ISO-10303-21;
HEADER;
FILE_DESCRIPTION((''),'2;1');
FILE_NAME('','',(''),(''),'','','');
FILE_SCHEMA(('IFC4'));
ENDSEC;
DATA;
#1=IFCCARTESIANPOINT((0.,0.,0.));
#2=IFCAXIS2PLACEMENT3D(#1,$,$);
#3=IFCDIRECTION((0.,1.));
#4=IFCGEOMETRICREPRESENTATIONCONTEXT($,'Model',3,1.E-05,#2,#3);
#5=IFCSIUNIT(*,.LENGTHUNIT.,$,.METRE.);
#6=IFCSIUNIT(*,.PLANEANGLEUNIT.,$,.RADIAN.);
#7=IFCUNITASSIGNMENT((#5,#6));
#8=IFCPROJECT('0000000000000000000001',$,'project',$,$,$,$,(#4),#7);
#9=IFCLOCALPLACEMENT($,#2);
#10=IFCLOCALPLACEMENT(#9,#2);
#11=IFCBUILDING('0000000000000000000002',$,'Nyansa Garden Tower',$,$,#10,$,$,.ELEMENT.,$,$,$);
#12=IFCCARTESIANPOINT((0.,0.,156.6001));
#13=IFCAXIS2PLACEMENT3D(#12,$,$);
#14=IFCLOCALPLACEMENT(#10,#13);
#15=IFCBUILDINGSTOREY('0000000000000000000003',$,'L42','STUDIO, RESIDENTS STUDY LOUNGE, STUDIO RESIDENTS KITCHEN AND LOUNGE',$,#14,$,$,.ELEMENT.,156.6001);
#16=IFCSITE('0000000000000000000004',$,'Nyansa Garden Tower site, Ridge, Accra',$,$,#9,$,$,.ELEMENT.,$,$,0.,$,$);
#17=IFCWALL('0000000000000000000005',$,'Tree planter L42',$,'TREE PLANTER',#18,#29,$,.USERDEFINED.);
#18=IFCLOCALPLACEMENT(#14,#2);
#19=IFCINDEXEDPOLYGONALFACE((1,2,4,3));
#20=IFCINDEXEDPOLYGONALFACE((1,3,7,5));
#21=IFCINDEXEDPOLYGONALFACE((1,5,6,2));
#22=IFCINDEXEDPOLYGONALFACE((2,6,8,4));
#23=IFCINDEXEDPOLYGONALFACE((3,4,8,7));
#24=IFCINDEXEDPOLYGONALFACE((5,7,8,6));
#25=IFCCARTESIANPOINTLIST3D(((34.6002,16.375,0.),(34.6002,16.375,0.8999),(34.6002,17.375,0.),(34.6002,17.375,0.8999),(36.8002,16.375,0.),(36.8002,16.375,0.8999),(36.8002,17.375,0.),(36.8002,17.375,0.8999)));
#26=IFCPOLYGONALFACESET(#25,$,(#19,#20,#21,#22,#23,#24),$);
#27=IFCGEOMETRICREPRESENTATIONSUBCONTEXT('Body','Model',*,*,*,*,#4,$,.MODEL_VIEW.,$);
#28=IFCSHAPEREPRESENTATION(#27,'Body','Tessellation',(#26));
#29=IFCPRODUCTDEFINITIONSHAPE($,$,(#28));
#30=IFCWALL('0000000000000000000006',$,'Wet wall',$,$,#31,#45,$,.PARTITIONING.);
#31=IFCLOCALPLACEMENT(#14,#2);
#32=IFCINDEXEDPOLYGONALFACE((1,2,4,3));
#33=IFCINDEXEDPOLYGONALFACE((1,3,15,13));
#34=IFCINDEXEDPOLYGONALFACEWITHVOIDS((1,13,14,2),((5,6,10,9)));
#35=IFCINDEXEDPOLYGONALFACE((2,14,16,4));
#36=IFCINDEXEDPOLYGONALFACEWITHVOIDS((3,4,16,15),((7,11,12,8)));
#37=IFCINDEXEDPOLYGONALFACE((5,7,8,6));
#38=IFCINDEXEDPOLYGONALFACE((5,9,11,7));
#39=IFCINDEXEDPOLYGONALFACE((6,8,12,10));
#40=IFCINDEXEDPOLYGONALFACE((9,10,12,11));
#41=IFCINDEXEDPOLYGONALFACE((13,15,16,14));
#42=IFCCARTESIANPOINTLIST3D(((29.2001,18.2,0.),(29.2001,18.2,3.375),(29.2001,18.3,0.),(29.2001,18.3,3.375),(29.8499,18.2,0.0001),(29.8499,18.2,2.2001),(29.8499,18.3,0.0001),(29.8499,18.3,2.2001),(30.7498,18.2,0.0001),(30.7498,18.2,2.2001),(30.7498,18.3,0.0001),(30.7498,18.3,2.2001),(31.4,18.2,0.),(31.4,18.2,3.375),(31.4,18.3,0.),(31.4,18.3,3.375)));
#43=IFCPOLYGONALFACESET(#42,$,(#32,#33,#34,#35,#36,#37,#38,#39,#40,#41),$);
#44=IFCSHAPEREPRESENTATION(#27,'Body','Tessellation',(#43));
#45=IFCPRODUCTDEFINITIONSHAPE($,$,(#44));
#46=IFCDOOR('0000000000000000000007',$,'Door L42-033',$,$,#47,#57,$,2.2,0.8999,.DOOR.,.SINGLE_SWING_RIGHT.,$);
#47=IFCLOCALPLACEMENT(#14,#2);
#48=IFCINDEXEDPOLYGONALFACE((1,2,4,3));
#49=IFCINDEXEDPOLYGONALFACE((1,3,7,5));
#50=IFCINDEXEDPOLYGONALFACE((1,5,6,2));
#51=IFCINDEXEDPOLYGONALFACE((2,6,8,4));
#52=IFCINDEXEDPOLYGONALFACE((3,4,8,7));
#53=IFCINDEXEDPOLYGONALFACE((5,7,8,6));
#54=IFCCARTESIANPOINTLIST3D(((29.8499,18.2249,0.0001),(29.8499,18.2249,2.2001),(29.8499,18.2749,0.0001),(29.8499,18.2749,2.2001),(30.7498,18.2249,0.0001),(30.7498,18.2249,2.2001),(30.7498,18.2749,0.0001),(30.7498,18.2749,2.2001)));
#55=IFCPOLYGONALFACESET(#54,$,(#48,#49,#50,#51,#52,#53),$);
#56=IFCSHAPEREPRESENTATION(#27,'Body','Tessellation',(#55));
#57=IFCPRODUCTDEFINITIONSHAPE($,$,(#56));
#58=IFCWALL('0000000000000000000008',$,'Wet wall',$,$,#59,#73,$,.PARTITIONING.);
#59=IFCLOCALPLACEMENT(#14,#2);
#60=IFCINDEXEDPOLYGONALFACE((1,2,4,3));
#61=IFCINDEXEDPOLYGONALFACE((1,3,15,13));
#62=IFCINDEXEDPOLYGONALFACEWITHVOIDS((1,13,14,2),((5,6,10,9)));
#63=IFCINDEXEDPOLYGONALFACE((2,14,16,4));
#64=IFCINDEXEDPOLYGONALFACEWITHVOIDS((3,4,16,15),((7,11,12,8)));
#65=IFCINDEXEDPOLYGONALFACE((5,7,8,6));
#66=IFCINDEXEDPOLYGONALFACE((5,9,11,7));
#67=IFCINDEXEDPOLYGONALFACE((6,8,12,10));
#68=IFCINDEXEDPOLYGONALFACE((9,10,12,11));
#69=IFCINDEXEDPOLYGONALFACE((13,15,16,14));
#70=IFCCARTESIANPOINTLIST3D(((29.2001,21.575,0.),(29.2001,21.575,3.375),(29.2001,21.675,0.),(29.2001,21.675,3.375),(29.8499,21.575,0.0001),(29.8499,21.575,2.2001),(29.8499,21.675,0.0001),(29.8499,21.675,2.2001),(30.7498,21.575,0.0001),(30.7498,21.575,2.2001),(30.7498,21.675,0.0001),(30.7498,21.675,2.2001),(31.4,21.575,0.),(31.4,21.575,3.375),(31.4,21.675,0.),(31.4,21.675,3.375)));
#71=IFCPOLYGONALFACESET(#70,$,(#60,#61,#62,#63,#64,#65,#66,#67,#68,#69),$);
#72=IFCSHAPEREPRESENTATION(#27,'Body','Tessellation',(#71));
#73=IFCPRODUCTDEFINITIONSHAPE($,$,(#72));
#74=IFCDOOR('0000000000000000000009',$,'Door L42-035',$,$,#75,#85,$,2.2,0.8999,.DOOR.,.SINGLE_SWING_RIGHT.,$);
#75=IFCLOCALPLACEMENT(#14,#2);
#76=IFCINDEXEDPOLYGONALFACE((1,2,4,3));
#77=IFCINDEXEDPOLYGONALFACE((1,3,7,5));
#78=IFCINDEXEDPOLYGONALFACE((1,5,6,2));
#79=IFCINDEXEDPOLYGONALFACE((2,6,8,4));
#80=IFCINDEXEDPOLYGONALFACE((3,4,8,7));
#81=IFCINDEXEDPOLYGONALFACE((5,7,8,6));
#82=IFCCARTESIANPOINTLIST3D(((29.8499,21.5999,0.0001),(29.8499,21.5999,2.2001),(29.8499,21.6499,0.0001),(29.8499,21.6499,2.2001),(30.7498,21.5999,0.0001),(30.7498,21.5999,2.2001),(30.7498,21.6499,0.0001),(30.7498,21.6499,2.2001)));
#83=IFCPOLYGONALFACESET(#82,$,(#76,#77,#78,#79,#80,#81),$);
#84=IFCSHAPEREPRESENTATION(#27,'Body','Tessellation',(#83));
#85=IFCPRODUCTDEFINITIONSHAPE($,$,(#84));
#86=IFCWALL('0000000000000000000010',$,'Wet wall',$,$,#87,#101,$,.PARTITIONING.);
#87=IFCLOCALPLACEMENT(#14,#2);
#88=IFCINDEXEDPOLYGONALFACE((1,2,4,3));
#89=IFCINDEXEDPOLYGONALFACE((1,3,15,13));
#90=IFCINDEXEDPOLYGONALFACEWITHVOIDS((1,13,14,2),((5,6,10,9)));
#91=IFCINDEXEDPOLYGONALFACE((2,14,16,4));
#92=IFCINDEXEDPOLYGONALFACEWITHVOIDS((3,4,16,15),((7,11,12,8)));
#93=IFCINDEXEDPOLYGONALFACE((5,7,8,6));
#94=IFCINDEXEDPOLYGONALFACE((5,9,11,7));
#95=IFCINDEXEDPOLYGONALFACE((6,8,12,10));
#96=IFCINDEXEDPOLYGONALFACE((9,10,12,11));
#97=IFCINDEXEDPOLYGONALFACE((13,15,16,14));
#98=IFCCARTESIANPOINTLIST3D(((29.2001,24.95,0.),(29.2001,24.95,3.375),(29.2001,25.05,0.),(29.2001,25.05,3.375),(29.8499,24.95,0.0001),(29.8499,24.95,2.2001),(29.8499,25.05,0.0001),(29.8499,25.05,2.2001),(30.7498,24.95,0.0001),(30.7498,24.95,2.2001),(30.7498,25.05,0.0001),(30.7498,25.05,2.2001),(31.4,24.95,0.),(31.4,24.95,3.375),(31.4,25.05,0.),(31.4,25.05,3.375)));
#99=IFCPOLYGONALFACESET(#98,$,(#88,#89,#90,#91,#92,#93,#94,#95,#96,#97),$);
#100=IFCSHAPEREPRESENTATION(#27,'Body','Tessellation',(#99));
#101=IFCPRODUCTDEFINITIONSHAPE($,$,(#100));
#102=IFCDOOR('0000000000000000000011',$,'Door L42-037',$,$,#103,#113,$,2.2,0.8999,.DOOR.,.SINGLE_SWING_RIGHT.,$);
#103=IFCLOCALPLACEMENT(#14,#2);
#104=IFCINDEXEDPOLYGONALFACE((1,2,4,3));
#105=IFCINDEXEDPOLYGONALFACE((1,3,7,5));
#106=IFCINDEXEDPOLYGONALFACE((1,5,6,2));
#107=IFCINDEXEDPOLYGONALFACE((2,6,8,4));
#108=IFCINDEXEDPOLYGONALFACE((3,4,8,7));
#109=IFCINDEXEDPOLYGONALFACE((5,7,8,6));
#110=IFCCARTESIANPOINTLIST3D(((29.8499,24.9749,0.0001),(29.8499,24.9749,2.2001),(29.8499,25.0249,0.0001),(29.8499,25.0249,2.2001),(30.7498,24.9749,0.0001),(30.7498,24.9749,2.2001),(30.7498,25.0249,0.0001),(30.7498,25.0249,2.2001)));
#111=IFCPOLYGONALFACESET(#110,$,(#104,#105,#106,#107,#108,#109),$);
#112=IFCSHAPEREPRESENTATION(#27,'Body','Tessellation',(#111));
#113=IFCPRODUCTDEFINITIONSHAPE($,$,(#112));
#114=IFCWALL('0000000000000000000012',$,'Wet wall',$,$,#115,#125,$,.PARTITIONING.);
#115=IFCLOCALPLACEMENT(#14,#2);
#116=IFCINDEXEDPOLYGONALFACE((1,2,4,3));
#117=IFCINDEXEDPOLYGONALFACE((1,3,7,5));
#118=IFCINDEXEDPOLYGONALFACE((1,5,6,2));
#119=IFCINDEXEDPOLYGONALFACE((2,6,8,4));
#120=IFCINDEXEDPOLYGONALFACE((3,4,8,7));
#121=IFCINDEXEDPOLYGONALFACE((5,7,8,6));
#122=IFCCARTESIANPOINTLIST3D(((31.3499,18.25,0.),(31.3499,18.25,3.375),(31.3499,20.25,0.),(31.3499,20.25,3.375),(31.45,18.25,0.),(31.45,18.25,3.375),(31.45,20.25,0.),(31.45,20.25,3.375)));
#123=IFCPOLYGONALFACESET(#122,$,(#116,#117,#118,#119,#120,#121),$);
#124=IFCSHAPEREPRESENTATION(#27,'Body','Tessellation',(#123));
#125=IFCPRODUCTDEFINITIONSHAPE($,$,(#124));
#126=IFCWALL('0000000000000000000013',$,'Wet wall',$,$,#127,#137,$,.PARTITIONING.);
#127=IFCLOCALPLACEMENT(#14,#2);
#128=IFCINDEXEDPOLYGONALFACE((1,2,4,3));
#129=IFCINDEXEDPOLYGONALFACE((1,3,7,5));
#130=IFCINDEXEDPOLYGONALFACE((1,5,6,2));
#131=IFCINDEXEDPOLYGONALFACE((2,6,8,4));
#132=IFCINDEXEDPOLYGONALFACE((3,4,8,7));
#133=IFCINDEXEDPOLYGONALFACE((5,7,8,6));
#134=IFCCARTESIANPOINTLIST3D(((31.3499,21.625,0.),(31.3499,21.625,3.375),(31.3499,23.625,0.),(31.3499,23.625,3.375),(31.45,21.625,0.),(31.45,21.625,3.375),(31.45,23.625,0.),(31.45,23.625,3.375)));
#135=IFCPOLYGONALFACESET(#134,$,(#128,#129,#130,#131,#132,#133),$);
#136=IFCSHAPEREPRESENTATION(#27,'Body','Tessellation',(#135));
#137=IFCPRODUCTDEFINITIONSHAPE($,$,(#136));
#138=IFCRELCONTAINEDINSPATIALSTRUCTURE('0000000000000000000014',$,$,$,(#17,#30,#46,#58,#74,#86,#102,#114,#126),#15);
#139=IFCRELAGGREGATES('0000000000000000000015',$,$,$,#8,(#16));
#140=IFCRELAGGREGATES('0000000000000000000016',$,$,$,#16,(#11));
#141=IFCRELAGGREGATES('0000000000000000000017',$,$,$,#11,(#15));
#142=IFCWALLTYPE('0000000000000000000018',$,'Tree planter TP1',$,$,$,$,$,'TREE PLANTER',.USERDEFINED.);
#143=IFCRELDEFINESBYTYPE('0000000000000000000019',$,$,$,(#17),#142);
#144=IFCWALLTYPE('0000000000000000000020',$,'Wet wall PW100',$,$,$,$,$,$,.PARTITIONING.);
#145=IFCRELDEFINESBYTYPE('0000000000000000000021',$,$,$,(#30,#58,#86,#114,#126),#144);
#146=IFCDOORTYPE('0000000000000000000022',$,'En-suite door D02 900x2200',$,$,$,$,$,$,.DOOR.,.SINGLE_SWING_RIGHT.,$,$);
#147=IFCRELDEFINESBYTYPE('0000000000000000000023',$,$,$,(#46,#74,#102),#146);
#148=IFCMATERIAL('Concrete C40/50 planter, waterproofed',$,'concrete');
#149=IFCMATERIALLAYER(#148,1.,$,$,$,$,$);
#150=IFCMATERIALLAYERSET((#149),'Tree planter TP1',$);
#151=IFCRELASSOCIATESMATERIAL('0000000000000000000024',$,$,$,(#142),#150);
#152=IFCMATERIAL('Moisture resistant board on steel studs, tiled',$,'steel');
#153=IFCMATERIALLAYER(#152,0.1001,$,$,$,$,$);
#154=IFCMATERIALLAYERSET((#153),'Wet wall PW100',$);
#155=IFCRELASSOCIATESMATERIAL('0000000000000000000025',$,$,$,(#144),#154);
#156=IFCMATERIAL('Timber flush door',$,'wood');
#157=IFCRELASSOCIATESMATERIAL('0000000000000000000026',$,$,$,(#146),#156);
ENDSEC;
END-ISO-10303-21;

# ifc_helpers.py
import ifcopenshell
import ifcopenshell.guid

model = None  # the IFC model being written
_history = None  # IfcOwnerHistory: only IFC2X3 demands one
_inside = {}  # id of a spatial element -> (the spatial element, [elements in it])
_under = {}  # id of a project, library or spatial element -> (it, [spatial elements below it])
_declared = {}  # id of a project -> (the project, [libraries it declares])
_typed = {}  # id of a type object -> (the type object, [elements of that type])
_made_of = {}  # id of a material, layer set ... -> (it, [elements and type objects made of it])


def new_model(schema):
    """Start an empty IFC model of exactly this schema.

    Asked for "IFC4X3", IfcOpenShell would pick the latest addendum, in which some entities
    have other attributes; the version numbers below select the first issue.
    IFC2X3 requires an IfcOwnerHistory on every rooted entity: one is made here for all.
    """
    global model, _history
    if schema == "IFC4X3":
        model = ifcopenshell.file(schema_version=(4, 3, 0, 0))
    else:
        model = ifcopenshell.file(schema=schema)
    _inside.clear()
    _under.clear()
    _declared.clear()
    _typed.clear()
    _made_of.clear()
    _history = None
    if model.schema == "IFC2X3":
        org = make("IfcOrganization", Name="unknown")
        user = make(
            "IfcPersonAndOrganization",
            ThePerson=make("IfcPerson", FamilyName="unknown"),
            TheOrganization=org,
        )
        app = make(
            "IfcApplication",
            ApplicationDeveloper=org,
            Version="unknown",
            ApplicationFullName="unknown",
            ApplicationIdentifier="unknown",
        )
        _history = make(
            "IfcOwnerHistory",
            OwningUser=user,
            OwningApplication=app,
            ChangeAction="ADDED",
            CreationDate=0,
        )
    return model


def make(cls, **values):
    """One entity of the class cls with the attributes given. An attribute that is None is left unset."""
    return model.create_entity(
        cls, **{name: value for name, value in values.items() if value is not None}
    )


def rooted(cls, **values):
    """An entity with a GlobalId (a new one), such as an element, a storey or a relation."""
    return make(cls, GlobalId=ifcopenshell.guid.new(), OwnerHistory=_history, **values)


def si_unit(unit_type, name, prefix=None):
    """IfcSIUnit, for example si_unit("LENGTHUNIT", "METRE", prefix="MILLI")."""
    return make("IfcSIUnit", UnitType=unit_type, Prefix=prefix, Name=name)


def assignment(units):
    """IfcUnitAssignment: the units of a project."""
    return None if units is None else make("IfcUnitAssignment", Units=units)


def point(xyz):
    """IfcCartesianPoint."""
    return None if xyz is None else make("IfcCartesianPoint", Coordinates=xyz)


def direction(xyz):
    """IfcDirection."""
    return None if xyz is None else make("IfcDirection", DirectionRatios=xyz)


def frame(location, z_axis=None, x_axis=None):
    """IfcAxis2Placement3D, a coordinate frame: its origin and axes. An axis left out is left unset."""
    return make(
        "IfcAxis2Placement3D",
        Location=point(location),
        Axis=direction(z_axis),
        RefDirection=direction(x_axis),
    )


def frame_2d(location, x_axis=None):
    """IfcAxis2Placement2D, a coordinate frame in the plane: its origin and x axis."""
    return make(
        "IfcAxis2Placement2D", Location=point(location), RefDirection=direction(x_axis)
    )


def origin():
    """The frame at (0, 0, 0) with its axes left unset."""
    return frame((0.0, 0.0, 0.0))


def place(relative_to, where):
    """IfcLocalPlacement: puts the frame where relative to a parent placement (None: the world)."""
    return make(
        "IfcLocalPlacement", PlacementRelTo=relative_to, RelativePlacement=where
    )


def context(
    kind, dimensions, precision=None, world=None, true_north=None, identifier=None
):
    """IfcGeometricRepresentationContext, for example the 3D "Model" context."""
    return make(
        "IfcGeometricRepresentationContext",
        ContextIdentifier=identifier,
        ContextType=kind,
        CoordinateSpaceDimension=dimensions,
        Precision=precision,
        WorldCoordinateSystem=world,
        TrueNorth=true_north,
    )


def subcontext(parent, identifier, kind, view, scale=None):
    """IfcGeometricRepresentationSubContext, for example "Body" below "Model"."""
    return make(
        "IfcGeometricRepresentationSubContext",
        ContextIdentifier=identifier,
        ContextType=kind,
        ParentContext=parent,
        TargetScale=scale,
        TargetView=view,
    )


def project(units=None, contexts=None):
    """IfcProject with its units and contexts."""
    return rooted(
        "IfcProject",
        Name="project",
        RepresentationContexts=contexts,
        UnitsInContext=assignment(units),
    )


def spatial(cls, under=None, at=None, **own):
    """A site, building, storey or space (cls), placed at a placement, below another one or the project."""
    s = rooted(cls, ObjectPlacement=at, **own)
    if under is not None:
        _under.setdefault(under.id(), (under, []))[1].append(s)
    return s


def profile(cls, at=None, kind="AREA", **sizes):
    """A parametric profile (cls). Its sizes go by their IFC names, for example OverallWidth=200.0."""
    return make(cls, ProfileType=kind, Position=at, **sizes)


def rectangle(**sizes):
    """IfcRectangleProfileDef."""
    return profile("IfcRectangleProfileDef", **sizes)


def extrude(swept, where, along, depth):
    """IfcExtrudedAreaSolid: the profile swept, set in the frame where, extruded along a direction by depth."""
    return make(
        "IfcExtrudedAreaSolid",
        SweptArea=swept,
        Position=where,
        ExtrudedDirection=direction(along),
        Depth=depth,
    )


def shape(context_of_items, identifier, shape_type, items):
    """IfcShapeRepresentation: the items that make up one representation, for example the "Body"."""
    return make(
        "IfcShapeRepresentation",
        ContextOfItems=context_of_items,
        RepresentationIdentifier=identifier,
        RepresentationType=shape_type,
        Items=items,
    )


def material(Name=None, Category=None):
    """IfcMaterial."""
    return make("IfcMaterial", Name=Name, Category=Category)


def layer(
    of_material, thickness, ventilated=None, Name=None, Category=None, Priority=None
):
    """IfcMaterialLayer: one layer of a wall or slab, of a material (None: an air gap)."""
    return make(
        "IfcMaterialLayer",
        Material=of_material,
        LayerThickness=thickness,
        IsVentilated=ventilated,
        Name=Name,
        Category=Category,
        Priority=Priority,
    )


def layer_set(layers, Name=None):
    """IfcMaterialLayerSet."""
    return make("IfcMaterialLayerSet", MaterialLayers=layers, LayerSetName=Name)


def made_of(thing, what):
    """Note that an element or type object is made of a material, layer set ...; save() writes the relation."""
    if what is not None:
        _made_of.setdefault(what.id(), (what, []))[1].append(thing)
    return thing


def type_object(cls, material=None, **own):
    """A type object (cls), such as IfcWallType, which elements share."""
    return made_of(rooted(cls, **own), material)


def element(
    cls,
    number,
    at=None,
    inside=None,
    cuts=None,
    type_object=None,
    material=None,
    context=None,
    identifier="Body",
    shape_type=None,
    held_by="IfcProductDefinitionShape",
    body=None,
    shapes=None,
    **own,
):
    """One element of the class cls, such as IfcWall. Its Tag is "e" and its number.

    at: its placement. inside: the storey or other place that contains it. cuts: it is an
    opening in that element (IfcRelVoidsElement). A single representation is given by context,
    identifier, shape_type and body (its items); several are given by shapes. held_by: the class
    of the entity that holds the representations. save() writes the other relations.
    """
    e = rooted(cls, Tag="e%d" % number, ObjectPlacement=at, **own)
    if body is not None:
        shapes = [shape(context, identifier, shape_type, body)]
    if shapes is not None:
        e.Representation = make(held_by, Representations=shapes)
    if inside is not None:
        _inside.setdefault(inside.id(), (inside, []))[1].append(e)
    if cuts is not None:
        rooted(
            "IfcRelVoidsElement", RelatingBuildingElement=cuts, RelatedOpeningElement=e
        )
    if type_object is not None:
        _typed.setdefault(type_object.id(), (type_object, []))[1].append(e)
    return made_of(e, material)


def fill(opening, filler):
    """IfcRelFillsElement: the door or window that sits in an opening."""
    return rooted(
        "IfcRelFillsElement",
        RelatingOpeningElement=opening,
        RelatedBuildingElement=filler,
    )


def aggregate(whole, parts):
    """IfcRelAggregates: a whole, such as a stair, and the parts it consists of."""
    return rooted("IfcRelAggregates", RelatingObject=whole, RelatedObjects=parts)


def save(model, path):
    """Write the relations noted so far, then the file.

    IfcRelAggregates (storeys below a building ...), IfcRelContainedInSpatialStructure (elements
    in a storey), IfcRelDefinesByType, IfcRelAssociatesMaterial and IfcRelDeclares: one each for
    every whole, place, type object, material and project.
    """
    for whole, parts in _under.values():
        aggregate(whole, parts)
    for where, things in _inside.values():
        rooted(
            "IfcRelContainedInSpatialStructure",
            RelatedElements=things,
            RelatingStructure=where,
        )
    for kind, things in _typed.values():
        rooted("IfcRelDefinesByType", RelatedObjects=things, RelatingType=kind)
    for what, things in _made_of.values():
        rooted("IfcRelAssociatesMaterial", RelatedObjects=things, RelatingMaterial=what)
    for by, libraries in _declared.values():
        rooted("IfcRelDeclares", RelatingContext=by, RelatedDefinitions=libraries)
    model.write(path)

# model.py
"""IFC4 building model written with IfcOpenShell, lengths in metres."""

from ifc_helpers import new_model, si_unit, direction, frame, frame_2d, origin, place, context, subcontext, project, spatial, rectangle, extrude, material, layer, layer_set, type_object, element, fill, save


model = new_model("IFC4")

# Units and contexts
model_context = context("Model", 3, precision=1e-05, world=origin(), true_north=direction((0.0, 1.0)))
body_context = subcontext(model_context, "Body", "Model", "MODEL_VIEW")
ifc_project = project(units=[si_unit("LENGTHUNIT", "METRE"), si_unit("PLANEANGLEUNIT", "RADIAN")], contexts=[model_context])

# Site, building, storey
site_placement = place(None, origin())
site = spatial("IfcSite", under=ifc_project, at=site_placement, Name="Nyansa Garden Tower site, Ridge, Accra", CompositionType="ELEMENT", RefElevation=0.0)
building_placement = place(site_placement, origin())
building = spatial("IfcBuilding", under=site, at=building_placement, Name="Nyansa Garden Tower", CompositionType="ELEMENT")
storey_placement = place(building_placement, frame((0.0, 0.0, 156.6001)))
storey = spatial("IfcBuildingStorey", under=building, at=storey_placement, Name="L42", Description="STUDIO, RESIDENTS STUDY LOUNGE, STUDIO RESIDENTS KITCHEN AND LOUNGE", CompositionType="ELEMENT", Elevation=156.6001)

# Wall
ifc_material_1 = material(Name="Concrete C40/50 planter, waterproofed", Category="concrete")
ifc_layer_1 = layer(ifc_material_1, 1.0)
ifc_layer_set_1 = layer_set([ifc_layer_1], Name="Tree planter TP1")
wall_type_1 = type_object("IfcWallType", Name="Tree planter TP1", ElementType="TREE PLANTER", PredefinedType="USERDEFINED", material=ifc_layer_set_1)
wall_1_placement = place(storey_placement, frame((34.6001, 16.875, 0.0), z_axis=(0.0, 0.0, 1.0), x_axis=(1.0, 0.0, 0.0)))
element("IfcWall", 1, at=wall_1_placement, inside=storey, type_object=wall_type_1, Name="Tree planter L42", ObjectType="TREE PLANTER", PredefinedType="USERDEFINED", context=body_context, shape_type="SweptSolid", body=[
    extrude(rectangle(XDim=2.2, YDim=1.0, at=frame_2d((1.1001, 0.0))), origin(), (0.0, 0.0, 1.0), 0.8999),
])

# Walls, openings, doors
ifc_material_2 = material(Name="Moisture resistant board on steel studs, tiled", Category="steel")
ifc_layer_2 = layer(ifc_material_2, 0.1001)
ifc_layer_set_2 = layer_set([ifc_layer_2], Name="Wet wall PW100")
wall_type_2 = type_object("IfcWallType", Name="Wet wall PW100", PredefinedType="PARTITIONING", material=ifc_layer_set_2)
wall_2_placement = place(storey_placement, frame((29.2, 18.25, 0.0), z_axis=(0.0, 0.0, 1.0), x_axis=(1.0, 0.0, 0.0)))
wall_2 = element("IfcWall", 2, at=wall_2_placement, inside=storey, type_object=wall_type_2, Name="Wet wall", PredefinedType="PARTITIONING", context=body_context, shape_type="SweptSolid", body=[
    extrude(rectangle(XDim=2.2, YDim=0.1001, at=frame_2d((1.1001, 0.0))), origin(), (0.0, 0.0, 1.0), 3.375),
])
opening_1_placement = place(wall_2_placement, frame((0.6499, 0.0, 0.0)))
opening_1 = element("IfcOpeningElement", 3, at=opening_1_placement, cuts=wall_2, PredefinedType="OPENING", context=body_context, shape_type="SweptSolid", body=[
    extrude(rectangle(XDim=0.8999, YDim=2.2, at=frame_2d((0.45, 1.1001))), frame((0.0, 0.0601, 0.0), z_axis=(0.0, -1.0, 0.0), x_axis=(1.0, 0.0, 0.0)), (0.0, 0.0, 1.0), 0.1201),
])
ifc_material_3 = material(Name="Timber flush door", Category="wood")
door_type_1 = type_object("IfcDoorType", Name="En-suite door D02 900x2200", OperationType="SINGLE_SWING_RIGHT", PredefinedType="DOOR", material=ifc_material_3)
door_1_placement = place(opening_1_placement, origin())
door_1 = element("IfcDoor", 4, at=door_1_placement, inside=storey, type_object=door_type_1, Name="Door L42-033", OperationType="SINGLE_SWING_RIGHT", OverallHeight=2.2, OverallWidth=0.8999, PredefinedType="DOOR", context=body_context, shape_type="SweptSolid", body=[
    extrude(rectangle(XDim=0.8999, YDim=2.2, at=frame_2d((0.45, 1.1001))), frame((0.0, 0.0249, 0.0), z_axis=(0.0, -1.0, 0.0), x_axis=(1.0, 0.0, 0.0)), (0.0, 0.0, 1.0), 0.05),
])
fill(opening_1, door_1)
wall_3_placement = place(storey_placement, frame((29.2, 21.625, 0.0), z_axis=(0.0, 0.0, 1.0), x_axis=(1.0, 0.0, 0.0)))
wall_3 = element("IfcWall", 5, at=wall_3_placement, inside=storey, type_object=wall_type_2, Name="Wet wall", PredefinedType="PARTITIONING", context=body_context, shape_type="SweptSolid", body=[
    extrude(rectangle(XDim=2.2, YDim=0.1001, at=frame_2d((1.1001, 0.0))), origin(), (0.0, 0.0, 1.0), 3.375),
])
opening_2_placement = place(wall_3_placement, frame((0.6499, 0.0, 0.0)))
opening_2 = element("IfcOpeningElement", 6, at=opening_2_placement, cuts=wall_3, PredefinedType="OPENING", context=body_context, shape_type="SweptSolid", body=[
    extrude(rectangle(XDim=0.8999, YDim=2.2, at=frame_2d((0.45, 1.1001))), frame((0.0, 0.0601, 0.0), z_axis=(0.0, -1.0, 0.0), x_axis=(1.0, 0.0, 0.0)), (0.0, 0.0, 1.0), 0.1201),
])
door_2_placement = place(opening_2_placement, origin())
door_2 = element("IfcDoor", 7, at=door_2_placement, inside=storey, type_object=door_type_1, Name="Door L42-035", OperationType="SINGLE_SWING_RIGHT", OverallHeight=2.2, OverallWidth=0.8999, PredefinedType="DOOR", context=body_context, shape_type="SweptSolid", body=[
    extrude(rectangle(XDim=0.8999, YDim=2.2, at=frame_2d((0.45, 1.1001))), frame((0.0, 0.0249, 0.0), z_axis=(0.0, -1.0, 0.0), x_axis=(1.0, 0.0, 0.0)), (0.0, 0.0, 1.0), 0.05),
])
fill(opening_2, door_2)
wall_4_placement = place(storey_placement, frame((29.2, 25.0, 0.0), z_axis=(0.0, 0.0, 1.0), x_axis=(1.0, 0.0, 0.0)))
wall_4 = element("IfcWall", 8, at=wall_4_placement, inside=storey, type_object=wall_type_2, Name="Wet wall", PredefinedType="PARTITIONING", context=body_context, shape_type="SweptSolid", body=[
    extrude(rectangle(XDim=2.2, YDim=0.1001, at=frame_2d((1.1001, 0.0))), origin(), (0.0, 0.0, 1.0), 3.375),
])
opening_3_placement = place(wall_4_placement, frame((0.6499, 0.0, 0.0)))
opening_3 = element("IfcOpeningElement", 9, at=opening_3_placement, cuts=wall_4, PredefinedType="OPENING", context=body_context, shape_type="SweptSolid", body=[
    extrude(rectangle(XDim=0.8999, YDim=2.2, at=frame_2d((0.45, 1.1001))), frame((0.0, 0.0601, 0.0), z_axis=(0.0, -1.0, 0.0), x_axis=(1.0, 0.0, 0.0)), (0.0, 0.0, 1.0), 0.1201),
])
door_3_placement = place(opening_3_placement, origin())
door_3 = element("IfcDoor", 10, at=door_3_placement, inside=storey, type_object=door_type_1, Name="Door L42-037", OperationType="SINGLE_SWING_RIGHT", OverallHeight=2.2, OverallWidth=0.8999, PredefinedType="DOOR", context=body_context, shape_type="SweptSolid", body=[
    extrude(rectangle(XDim=0.8999, YDim=2.2, at=frame_2d((0.45, 1.1001))), frame((0.0, 0.0249, 0.0), z_axis=(0.0, -1.0, 0.0), x_axis=(1.0, 0.0, 0.0)), (0.0, 0.0, 1.0), 0.05),
])
fill(opening_3, door_3)

# Walls
for number, where, z_axis, x_axis, name in (
    (11, (31.3999, 18.25, 0.0), (0.0, 0.0, 1.0), (0.0, 1.0, 0.0), "Wet wall"),
    (12, (31.3999, 21.625, 0.0), (0.0, 0.0, 1.0), (0.0, 1.0, 0.0), "Wet wall"),
):
    element("IfcWall", number, at=place(storey_placement, frame(where, z_axis=z_axis, x_axis=x_axis)), inside=storey, type_object=wall_type_2, Name=name, PredefinedType="PARTITIONING", context=body_context, shape_type="SweptSolid", body=[
        extrude(rectangle(XDim=2.0, YDim=0.1001, at=frame_2d((1.0, 0.0))), origin(), (0.0, 0.0, 1.0), 3.375),
    ])

save(model, "model.ifc")
